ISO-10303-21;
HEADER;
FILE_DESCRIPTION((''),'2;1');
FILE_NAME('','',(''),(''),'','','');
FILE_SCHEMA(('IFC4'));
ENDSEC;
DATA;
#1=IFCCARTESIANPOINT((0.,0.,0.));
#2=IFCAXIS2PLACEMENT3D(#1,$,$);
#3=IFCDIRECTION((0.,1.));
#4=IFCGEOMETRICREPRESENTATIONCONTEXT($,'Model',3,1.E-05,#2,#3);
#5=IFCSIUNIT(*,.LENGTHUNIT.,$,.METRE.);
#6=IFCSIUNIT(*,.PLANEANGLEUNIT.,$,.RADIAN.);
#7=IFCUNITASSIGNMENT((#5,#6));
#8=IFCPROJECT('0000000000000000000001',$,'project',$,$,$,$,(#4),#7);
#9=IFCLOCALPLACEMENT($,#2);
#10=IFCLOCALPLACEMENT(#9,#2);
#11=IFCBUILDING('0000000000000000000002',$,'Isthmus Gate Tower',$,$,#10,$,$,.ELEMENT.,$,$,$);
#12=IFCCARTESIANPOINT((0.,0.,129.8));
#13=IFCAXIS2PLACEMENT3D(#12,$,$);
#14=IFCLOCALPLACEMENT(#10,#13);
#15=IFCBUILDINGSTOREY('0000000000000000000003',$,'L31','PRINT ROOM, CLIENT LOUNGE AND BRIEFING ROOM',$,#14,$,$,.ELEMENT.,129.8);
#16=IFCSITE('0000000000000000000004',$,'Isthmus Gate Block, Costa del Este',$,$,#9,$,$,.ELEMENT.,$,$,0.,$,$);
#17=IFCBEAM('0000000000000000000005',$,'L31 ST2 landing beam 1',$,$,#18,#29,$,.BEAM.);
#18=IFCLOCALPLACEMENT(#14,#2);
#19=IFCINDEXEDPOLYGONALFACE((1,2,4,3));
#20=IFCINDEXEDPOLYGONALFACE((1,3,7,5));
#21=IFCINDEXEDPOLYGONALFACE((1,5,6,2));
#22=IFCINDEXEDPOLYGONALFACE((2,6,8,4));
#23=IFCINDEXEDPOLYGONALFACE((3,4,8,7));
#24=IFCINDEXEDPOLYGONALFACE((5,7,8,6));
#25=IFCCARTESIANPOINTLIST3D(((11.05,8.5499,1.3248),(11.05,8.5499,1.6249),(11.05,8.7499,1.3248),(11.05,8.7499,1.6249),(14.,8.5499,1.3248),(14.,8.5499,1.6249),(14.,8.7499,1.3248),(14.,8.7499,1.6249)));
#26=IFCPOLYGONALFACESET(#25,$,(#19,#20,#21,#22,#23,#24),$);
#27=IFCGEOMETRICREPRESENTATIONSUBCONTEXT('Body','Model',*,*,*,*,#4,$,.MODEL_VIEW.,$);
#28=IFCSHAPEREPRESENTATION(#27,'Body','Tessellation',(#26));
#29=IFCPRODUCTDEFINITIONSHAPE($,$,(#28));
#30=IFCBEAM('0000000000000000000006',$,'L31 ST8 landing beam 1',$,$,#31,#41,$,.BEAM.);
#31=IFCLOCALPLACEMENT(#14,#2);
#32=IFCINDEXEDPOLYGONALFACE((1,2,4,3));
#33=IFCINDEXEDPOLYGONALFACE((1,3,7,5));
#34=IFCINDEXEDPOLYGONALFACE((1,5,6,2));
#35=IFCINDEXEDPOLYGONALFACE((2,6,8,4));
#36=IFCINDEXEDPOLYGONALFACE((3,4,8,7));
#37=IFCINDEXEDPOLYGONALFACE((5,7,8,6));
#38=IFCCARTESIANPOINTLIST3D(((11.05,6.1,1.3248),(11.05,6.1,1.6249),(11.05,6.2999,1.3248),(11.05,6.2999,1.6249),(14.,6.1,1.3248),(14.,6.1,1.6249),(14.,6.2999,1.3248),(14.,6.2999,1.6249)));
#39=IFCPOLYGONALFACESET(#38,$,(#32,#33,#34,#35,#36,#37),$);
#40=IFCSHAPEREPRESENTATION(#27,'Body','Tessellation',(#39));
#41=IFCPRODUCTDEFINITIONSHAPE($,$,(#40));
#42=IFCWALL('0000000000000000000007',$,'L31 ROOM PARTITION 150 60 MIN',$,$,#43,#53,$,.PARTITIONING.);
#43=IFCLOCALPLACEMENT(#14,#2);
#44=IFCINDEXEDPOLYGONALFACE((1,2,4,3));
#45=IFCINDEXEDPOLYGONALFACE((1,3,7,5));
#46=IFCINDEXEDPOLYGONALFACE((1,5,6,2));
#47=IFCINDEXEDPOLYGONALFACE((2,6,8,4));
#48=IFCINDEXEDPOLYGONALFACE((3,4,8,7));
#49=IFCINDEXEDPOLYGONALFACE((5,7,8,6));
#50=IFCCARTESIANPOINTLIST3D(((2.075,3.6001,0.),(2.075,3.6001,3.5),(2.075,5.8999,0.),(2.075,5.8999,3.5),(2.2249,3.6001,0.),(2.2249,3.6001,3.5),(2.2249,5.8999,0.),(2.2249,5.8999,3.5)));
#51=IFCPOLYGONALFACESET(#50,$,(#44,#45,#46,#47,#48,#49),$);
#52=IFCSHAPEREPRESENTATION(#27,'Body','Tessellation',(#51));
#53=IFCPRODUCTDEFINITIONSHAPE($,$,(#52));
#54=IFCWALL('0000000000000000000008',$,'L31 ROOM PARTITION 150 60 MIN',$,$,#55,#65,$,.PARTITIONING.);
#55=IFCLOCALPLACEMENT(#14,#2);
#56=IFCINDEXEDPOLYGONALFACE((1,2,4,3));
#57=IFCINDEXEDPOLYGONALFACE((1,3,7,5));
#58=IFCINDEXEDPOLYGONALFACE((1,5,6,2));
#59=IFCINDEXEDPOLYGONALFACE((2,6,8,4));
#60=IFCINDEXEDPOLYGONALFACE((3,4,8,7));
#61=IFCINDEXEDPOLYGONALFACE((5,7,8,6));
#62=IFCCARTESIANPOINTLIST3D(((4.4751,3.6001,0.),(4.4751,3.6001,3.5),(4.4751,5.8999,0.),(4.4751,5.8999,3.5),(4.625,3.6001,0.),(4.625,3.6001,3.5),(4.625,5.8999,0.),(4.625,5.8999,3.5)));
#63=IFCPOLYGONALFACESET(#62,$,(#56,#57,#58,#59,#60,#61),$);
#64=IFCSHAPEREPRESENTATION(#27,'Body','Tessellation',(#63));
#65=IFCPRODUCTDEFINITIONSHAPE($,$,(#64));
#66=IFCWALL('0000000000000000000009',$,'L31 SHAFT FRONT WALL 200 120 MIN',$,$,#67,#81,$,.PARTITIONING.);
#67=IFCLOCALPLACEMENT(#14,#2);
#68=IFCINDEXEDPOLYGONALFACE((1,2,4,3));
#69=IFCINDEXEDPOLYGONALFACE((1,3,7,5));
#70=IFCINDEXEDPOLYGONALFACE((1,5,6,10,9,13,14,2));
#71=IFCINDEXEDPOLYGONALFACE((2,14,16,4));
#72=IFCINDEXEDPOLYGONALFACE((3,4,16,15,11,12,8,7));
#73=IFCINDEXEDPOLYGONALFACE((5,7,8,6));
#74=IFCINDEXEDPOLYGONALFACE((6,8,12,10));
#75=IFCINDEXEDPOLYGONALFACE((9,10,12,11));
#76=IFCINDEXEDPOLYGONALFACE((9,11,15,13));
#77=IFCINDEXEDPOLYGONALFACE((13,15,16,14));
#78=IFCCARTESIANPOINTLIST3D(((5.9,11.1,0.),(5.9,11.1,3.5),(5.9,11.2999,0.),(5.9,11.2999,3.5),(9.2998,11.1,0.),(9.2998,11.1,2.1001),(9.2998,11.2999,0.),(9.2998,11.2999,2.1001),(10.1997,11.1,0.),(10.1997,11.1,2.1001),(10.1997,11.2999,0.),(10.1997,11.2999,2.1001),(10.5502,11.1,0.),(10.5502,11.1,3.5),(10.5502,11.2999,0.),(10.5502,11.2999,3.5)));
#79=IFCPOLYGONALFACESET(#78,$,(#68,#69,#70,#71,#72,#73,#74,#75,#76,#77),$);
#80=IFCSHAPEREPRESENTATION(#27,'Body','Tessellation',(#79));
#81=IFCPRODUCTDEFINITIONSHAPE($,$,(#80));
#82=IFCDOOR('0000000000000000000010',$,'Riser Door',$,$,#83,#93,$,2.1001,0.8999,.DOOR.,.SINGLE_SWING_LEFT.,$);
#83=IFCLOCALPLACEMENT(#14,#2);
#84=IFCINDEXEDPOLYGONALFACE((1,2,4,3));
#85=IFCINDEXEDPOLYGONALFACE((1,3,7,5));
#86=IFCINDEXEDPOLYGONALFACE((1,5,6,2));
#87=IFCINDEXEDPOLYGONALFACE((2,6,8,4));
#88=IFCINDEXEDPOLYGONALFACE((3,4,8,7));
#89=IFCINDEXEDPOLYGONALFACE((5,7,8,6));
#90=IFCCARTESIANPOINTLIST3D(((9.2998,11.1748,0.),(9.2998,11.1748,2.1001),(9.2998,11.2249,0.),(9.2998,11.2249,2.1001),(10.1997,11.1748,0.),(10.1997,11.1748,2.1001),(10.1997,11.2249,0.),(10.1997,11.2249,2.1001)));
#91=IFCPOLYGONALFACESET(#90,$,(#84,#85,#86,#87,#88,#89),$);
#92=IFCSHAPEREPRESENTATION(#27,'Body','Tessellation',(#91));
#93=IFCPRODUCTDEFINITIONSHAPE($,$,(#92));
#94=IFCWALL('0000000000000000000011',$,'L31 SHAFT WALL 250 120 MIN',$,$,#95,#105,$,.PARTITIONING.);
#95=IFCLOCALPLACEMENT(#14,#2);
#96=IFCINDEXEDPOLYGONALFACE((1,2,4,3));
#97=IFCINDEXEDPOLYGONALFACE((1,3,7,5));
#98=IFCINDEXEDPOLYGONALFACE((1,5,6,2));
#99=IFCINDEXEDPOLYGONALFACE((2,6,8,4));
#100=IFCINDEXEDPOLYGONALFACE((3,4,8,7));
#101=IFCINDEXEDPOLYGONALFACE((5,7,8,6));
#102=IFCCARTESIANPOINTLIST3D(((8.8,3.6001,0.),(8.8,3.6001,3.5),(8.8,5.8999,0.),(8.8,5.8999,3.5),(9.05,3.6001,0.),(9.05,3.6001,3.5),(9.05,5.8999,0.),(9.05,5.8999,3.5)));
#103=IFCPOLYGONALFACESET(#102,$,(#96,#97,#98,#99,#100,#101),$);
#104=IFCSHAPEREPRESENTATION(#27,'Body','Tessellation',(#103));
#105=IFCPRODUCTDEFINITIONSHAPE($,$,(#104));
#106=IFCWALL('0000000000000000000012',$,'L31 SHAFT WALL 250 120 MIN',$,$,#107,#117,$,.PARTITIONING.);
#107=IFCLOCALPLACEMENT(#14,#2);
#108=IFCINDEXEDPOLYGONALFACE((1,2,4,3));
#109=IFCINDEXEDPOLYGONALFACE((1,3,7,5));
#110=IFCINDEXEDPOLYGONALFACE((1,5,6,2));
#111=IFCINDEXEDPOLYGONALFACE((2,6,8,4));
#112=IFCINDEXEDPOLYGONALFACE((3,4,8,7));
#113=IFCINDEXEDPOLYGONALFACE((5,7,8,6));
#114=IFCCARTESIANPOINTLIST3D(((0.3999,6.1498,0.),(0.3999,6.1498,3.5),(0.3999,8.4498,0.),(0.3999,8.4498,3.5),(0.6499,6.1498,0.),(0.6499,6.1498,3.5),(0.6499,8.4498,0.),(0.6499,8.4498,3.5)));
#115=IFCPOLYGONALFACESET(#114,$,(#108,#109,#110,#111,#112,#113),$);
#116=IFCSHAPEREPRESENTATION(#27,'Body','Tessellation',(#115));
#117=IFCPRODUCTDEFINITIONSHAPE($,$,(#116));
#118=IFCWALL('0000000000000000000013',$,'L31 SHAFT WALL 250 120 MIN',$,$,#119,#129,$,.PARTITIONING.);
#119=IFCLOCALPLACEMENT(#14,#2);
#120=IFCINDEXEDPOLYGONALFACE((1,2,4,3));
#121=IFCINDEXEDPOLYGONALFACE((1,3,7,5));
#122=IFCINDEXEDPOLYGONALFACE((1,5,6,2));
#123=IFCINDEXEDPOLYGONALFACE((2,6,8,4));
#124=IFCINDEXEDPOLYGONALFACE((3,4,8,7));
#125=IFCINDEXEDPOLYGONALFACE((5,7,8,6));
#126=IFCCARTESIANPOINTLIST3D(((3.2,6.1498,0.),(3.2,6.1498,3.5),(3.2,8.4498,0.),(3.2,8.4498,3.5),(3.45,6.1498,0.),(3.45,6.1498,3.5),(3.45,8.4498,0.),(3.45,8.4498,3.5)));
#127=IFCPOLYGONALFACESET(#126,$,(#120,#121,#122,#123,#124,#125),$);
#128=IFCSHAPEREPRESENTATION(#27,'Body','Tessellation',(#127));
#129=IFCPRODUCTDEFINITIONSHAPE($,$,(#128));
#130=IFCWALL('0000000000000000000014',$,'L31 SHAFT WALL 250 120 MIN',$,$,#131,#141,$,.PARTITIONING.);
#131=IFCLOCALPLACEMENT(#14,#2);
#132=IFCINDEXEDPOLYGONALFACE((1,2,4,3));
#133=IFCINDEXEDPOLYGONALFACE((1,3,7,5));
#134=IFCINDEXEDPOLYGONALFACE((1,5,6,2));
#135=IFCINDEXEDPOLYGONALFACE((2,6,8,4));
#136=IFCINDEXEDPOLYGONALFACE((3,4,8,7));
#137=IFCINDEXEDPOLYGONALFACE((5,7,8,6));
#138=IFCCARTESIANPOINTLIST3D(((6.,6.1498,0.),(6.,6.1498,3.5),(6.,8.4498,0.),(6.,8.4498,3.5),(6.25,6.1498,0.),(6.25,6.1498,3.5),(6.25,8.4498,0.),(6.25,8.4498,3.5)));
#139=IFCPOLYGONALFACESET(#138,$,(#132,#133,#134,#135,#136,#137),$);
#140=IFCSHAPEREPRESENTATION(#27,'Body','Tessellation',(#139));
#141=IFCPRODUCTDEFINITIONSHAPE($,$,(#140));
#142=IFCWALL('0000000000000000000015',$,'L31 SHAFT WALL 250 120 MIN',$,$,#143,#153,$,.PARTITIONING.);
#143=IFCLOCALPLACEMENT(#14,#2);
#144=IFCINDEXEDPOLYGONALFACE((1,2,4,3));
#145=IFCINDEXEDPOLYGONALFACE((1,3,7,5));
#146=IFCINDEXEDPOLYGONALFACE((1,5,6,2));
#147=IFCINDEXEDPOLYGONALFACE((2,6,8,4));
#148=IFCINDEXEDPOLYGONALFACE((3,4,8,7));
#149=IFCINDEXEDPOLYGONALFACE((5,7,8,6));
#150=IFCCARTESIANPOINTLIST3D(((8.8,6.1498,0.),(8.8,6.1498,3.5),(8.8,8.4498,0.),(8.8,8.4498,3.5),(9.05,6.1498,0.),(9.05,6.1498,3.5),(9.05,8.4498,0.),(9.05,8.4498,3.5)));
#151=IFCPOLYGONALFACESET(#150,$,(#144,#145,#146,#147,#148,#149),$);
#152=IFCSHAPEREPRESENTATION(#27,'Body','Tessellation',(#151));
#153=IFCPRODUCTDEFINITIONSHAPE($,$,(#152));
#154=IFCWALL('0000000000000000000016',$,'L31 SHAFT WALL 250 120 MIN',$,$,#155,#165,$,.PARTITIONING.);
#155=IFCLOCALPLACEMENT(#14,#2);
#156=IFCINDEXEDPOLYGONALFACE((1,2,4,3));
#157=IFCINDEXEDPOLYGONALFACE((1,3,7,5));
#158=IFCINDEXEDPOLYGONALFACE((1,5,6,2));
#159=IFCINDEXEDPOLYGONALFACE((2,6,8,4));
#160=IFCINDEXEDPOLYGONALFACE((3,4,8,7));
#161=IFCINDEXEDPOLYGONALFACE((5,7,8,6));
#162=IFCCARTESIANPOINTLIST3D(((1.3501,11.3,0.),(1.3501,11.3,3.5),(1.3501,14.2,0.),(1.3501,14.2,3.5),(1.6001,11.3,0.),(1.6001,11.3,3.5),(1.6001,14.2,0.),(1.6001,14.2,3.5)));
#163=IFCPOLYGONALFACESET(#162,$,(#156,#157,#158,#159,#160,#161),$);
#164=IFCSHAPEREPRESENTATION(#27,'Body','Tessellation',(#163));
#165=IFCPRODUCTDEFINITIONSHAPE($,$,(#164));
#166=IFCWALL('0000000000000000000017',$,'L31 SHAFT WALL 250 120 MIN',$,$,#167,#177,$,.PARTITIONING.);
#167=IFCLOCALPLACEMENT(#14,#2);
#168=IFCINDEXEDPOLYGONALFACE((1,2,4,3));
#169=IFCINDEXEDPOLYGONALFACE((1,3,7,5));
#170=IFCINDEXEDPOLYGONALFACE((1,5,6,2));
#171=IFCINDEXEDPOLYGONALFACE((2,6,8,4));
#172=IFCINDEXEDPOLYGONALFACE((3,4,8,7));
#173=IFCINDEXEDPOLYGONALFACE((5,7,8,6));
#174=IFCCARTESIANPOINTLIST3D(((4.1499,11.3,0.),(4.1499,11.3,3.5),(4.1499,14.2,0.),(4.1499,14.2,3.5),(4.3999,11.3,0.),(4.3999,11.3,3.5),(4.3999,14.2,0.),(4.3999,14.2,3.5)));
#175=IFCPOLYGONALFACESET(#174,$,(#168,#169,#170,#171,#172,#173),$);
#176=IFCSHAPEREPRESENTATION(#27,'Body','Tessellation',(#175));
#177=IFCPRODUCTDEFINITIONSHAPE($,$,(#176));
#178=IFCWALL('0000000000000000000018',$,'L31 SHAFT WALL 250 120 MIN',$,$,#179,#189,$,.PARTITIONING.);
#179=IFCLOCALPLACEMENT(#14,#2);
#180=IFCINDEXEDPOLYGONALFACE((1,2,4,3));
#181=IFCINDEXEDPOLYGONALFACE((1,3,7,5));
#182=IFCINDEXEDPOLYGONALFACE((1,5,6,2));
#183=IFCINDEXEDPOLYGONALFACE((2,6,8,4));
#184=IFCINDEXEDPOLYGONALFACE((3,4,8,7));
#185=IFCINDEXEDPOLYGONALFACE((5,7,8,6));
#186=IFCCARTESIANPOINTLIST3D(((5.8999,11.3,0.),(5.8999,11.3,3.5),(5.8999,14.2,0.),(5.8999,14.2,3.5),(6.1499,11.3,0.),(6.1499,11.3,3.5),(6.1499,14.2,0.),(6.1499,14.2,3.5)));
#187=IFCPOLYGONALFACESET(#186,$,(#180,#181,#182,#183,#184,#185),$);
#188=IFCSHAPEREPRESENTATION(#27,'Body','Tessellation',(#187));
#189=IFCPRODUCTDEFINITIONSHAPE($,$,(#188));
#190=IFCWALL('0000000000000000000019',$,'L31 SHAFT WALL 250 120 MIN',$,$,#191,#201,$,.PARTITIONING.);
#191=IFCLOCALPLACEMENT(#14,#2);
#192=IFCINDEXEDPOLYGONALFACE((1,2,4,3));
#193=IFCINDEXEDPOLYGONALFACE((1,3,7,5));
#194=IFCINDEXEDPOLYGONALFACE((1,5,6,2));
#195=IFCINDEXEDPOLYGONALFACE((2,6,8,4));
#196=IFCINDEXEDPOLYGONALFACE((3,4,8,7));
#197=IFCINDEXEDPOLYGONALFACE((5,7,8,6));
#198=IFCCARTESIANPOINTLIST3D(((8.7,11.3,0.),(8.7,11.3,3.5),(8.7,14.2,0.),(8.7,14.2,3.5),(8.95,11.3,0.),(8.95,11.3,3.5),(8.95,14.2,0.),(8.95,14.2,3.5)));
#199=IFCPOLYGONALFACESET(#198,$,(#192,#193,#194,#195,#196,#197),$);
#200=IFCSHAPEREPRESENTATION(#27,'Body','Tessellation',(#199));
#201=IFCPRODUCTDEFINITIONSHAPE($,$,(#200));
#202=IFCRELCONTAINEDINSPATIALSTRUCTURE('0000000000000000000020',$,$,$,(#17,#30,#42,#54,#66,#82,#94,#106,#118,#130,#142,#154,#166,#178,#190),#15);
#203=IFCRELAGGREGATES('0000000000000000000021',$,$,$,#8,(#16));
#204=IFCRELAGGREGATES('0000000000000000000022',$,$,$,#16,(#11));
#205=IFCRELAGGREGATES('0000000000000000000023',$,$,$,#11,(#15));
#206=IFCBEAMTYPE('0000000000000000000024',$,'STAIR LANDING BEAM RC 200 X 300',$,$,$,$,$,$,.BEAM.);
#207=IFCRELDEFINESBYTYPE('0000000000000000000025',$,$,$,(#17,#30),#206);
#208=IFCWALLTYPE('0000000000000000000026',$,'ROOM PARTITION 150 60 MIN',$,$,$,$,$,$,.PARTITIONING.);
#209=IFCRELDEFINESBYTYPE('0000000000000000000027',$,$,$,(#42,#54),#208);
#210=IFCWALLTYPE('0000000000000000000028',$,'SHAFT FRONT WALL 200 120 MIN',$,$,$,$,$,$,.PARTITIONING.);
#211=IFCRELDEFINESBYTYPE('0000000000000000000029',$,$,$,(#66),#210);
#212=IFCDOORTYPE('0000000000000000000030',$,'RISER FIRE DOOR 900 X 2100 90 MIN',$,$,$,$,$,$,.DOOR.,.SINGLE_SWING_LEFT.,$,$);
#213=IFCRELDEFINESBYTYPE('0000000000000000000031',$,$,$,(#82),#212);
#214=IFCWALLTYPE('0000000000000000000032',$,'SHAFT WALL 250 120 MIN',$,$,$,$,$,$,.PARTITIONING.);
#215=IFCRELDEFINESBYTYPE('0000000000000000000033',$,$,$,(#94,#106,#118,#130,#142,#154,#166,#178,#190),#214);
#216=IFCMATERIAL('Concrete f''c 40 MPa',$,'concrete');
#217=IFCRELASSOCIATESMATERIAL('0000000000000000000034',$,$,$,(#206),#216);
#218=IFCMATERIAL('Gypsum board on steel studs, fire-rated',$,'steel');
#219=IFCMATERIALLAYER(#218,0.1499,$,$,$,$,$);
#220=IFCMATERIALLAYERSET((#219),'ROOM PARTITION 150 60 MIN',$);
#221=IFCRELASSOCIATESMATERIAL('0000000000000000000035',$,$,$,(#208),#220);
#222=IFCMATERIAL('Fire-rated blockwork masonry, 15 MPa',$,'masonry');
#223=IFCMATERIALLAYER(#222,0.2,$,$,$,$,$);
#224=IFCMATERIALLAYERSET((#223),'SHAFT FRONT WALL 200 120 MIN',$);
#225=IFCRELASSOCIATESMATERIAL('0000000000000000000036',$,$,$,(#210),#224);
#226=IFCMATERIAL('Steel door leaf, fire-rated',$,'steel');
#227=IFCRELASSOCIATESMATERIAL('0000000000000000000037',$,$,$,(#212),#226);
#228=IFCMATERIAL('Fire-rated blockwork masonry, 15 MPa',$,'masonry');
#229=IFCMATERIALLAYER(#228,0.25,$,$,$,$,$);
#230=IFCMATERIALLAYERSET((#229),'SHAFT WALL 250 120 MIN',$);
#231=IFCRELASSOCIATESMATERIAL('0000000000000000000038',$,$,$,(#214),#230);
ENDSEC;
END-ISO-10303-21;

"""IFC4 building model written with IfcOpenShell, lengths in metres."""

from ifc_helpers import new_model, si_unit, direction, frame, frame_2d, origin, origin_2d, place, context, subcontext, project, spatial, rectangle, extrude, material, layer, layer_set, material_profile, profile_set, type_object, element, fill, save


model = new_model("IFC4")

# Units and contexts
model_context = context("Model", 3, precision=1e-05, world=origin(), true_north=direction((0.0, 1.0)))
body_context = subcontext(model_context, "Body", "Model", "MODEL_VIEW")
ifc_project = project(units=[si_unit("LENGTHUNIT", "METRE"), si_unit("PLANEANGLEUNIT", "RADIAN")], contexts=[model_context])

# Site, building, storey
site_placement = place(None, origin())
site = spatial("IfcSite", under=ifc_project, at=site_placement, Name="Isthmus Gate Block, Costa del Este", CompositionType="ELEMENT", RefElevation=0.0)
building_placement = place(site_placement, origin())
building = spatial("IfcBuilding", under=site, at=building_placement, Name="Isthmus Gate Tower", CompositionType="ELEMENT")
storey_placement = place(building_placement, frame((0.0, 0.0, 129.8)))
storey = spatial("IfcBuildingStorey", under=building, at=storey_placement, Name="L31", Description="PRINT ROOM, CLIENT LOUNGE AND BRIEFING ROOM", CompositionType="ELEMENT", Elevation=129.8)

# Beams
ifc_material_1 = material(Name="Concrete f'c 40 MPa", Category="concrete")
ifc_material_profile = material_profile(ifc_material_1, rectangle(XDim=0.2, YDim=0.3, at=origin_2d()), Name="STAIR LANDING BEAM RC 200 X 300")
ifc_profile_set = profile_set([ifc_material_profile], Name="Concrete f'c 40 MPa")
beam_type = type_object("IfcBeamType", Name="STAIR LANDING BEAM RC 200 X 300", PredefinedType="BEAM", material=ifc_profile_set)
for number, where, z_axis, x_axis, name in (
    (1, (11.05, 8.6499, 1.4749), (1.0, 0.0, 0.0), (0.0, 1.0, 0.0), "L31 ST2 landing beam 1"),
    (2, (11.05, 6.2, 1.4749), (1.0, 0.0, 0.0), (0.0, 1.0, 0.0), "L31 ST8 landing beam 1"),
):
    element("IfcBeam", number, at=place(storey_placement, frame(where, z_axis=z_axis, x_axis=x_axis)), inside=storey, type_object=beam_type, Name=name, PredefinedType="BEAM", context=body_context, shape_type="SweptSolid", body=[
        extrude(rectangle(XDim=0.2, YDim=0.3, at=origin_2d()), origin(), (0.0, 0.0, 1.0), 2.95),
    ])

# Walls
ifc_material_2 = material(Name="Gypsum board on steel studs, fire-rated", Category="steel")
ifc_layer_1 = layer(ifc_material_2, 0.1499)
ifc_layer_set_1 = layer_set([ifc_layer_1], Name="ROOM PARTITION 150 60 MIN")
wall_type_1 = type_object("IfcWallType", Name="ROOM PARTITION 150 60 MIN", PredefinedType="PARTITIONING", material=ifc_layer_set_1)
for number, where, z_axis, x_axis, name in (
    (3, (2.1499, 3.6001, 0.0), (0.0, 0.0, 1.0), (0.0, 1.0, 0.0), "L31 ROOM PARTITION 150 60 MIN"),
    (4, (4.55, 3.6001, 0.0), (0.0, 0.0, 1.0), (0.0, 1.0, 0.0), "L31 ROOM PARTITION 150 60 MIN"),
):
    element("IfcWall", number, at=place(storey_placement, frame(where, z_axis=z_axis, x_axis=x_axis)), inside=storey, type_object=wall_type_1, Name=name, PredefinedType="PARTITIONING", context=body_context, shape_type="SweptSolid", body=[
        extrude(rectangle(XDim=2.2998, YDim=0.1499, at=frame_2d((1.1499, 0.0))), origin(), (0.0, 0.0, 1.0), 3.5),
    ])

# Wall, opening, door
ifc_material_3 = material(Name="Fire-rated blockwork masonry, 15 MPa", Category="masonry")
ifc_layer_2 = layer(ifc_material_3, 0.2)
ifc_layer_set_2 = layer_set([ifc_layer_2], Name="SHAFT FRONT WALL 200 120 MIN")
wall_type_2 = type_object("IfcWallType", Name="SHAFT FRONT WALL 200 120 MIN", PredefinedType="PARTITIONING", material=ifc_layer_set_2)
wall_1_placement = place(storey_placement, frame((5.8999, 11.2, 0.0), z_axis=(0.0, 0.0, 1.0), x_axis=(1.0, 0.0, 0.0)))
wall_1 = element("IfcWall", 5, at=wall_1_placement, inside=storey, type_object=wall_type_2, Name="L31 SHAFT FRONT WALL 200 120 MIN", PredefinedType="PARTITIONING", context=body_context, shape_type="SweptSolid", body=[
    extrude(rectangle(XDim=4.6501, YDim=0.2, at=frame_2d((2.3252, 0.0))), origin(), (0.0, 0.0, 1.0), 3.5),
])
opening_placement = place(wall_1_placement, frame((3.3999, 0.0, 0.0)))
opening = element("IfcOpeningElement", 6, at=opening_placement, cuts=wall_1, PredefinedType="OPENING", context=body_context, shape_type="SweptSolid", body=[
    extrude(rectangle(XDim=0.8999, YDim=2.1001, at=frame_2d((0.45, 1.05))), frame((0.0, 0.1099, 0.0), z_axis=(0.0, -1.0, 0.0), x_axis=(1.0, 0.0, 0.0)), (0.0, 0.0, 1.0), 0.22),
])
ifc_material_4 = material(Name="Steel door leaf, fire-rated", Category="steel")
door_type = type_object("IfcDoorType", Name="RISER FIRE DOOR 900 X 2100 90 MIN", OperationType="SINGLE_SWING_LEFT", PredefinedType="DOOR", material=ifc_material_4)
door_placement = place(opening_placement, origin())
door = element("IfcDoor", 7, at=door_placement, inside=storey, type_object=door_type, Name="Riser Door", OperationType="SINGLE_SWING_LEFT", OverallHeight=2.1001, OverallWidth=0.8999, PredefinedType="DOOR", context=body_context, shape_type="SweptSolid", body=[
    extrude(rectangle(XDim=0.8999, YDim=2.1001, at=frame_2d((0.45, 1.05))), frame((0.0, 0.0249, 0.0), z_axis=(0.0, -1.0, 0.0), x_axis=(1.0, 0.0, 0.0)), (0.0, 0.0, 1.0), 0.05),
])
fill(opening, door)

# Walls
ifc_material_5 = material(Name="Fire-rated blockwork masonry, 15 MPa", Category="masonry")
ifc_layer_3 = layer(ifc_material_5, 0.25)
ifc_layer_set_3 = layer_set([ifc_layer_3], Name="SHAFT WALL 250 120 MIN")
wall_type_3 = type_object("IfcWallType", Name="SHAFT WALL 250 120 MIN", PredefinedType="PARTITIONING", material=ifc_layer_set_3)
wall_2_placement = place(storey_placement, frame((8.925, 3.6001, 0.0), z_axis=(0.0, 0.0, 1.0), x_axis=(0.0, 1.0, 0.0)))
element("IfcWall", 8, at=wall_2_placement, inside=storey, type_object=wall_type_3, Name="L31 SHAFT WALL 250 120 MIN", PredefinedType="PARTITIONING", context=body_context, shape_type="SweptSolid", body=[
    extrude(rectangle(XDim=2.2998, YDim=0.25, at=frame_2d((1.1499, 0.0))), origin(), (0.0, 0.0, 1.0), 3.5),
])
for number, where, z_axis, x_axis, name in (
    (9, (0.5249, 6.1499, 0.0), (0.0, 0.0, 1.0), (0.0, 1.0, 0.0), "L31 SHAFT WALL 250 120 MIN"),
    (10, (3.325, 6.1499, 0.0), (0.0, 0.0, 1.0), (0.0, 1.0, 0.0), "L31 SHAFT WALL 250 120 MIN"),
    (11, (6.125, 6.1499, 0.0), (0.0, 0.0, 1.0), (0.0, 1.0, 0.0), "L31 SHAFT WALL 250 120 MIN"),
    (12, (8.925, 6.1499, 0.0), (0.0, 0.0, 1.0), (0.0, 1.0, 0.0), "L31 SHAFT WALL 250 120 MIN"),
):
    element("IfcWall", number, at=place(storey_placement, frame(where, z_axis=z_axis, x_axis=x_axis)), inside=storey, type_object=wall_type_3, Name=name, PredefinedType="PARTITIONING", context=body_context, shape_type="SweptSolid", body=[
        extrude(rectangle(XDim=2.3, YDim=0.25, at=frame_2d((1.1499, 0.0))), origin(), (0.0, 0.0, 1.0), 3.5),
    ])
for number, where, z_axis, x_axis, name in (
    (13, (1.4751, 11.3, 0.0), (0.0, 0.0, 1.0), (0.0, 1.0, 0.0), "L31 SHAFT WALL 250 120 MIN"),
    (14, (4.2749, 11.3, 0.0), (0.0, 0.0, 1.0), (0.0, 1.0, 0.0), "L31 SHAFT WALL 250 120 MIN"),
    (15, (6.0249, 11.3, 0.0), (0.0, 0.0, 1.0), (0.0, 1.0, 0.0), "L31 SHAFT WALL 250 120 MIN"),
    (16, (8.825, 11.3, 0.0), (0.0, 0.0, 1.0), (0.0, 1.0, 0.0), "L31 SHAFT WALL 250 120 MIN"),
):
    element("IfcWall", number, at=place(storey_placement, frame(where, z_axis=z_axis, x_axis=x_axis)), inside=storey, type_object=wall_type_3, Name=name, PredefinedType="PARTITIONING", context=body_context, shape_type="SweptSolid", body=[
        extrude(rectangle(XDim=2.8999, YDim=0.25, at=frame_2d((1.45, 0.0))), origin(), (0.0, 0.0, 1.0), 3.5),
    ])

save(model, "model.ifc")
